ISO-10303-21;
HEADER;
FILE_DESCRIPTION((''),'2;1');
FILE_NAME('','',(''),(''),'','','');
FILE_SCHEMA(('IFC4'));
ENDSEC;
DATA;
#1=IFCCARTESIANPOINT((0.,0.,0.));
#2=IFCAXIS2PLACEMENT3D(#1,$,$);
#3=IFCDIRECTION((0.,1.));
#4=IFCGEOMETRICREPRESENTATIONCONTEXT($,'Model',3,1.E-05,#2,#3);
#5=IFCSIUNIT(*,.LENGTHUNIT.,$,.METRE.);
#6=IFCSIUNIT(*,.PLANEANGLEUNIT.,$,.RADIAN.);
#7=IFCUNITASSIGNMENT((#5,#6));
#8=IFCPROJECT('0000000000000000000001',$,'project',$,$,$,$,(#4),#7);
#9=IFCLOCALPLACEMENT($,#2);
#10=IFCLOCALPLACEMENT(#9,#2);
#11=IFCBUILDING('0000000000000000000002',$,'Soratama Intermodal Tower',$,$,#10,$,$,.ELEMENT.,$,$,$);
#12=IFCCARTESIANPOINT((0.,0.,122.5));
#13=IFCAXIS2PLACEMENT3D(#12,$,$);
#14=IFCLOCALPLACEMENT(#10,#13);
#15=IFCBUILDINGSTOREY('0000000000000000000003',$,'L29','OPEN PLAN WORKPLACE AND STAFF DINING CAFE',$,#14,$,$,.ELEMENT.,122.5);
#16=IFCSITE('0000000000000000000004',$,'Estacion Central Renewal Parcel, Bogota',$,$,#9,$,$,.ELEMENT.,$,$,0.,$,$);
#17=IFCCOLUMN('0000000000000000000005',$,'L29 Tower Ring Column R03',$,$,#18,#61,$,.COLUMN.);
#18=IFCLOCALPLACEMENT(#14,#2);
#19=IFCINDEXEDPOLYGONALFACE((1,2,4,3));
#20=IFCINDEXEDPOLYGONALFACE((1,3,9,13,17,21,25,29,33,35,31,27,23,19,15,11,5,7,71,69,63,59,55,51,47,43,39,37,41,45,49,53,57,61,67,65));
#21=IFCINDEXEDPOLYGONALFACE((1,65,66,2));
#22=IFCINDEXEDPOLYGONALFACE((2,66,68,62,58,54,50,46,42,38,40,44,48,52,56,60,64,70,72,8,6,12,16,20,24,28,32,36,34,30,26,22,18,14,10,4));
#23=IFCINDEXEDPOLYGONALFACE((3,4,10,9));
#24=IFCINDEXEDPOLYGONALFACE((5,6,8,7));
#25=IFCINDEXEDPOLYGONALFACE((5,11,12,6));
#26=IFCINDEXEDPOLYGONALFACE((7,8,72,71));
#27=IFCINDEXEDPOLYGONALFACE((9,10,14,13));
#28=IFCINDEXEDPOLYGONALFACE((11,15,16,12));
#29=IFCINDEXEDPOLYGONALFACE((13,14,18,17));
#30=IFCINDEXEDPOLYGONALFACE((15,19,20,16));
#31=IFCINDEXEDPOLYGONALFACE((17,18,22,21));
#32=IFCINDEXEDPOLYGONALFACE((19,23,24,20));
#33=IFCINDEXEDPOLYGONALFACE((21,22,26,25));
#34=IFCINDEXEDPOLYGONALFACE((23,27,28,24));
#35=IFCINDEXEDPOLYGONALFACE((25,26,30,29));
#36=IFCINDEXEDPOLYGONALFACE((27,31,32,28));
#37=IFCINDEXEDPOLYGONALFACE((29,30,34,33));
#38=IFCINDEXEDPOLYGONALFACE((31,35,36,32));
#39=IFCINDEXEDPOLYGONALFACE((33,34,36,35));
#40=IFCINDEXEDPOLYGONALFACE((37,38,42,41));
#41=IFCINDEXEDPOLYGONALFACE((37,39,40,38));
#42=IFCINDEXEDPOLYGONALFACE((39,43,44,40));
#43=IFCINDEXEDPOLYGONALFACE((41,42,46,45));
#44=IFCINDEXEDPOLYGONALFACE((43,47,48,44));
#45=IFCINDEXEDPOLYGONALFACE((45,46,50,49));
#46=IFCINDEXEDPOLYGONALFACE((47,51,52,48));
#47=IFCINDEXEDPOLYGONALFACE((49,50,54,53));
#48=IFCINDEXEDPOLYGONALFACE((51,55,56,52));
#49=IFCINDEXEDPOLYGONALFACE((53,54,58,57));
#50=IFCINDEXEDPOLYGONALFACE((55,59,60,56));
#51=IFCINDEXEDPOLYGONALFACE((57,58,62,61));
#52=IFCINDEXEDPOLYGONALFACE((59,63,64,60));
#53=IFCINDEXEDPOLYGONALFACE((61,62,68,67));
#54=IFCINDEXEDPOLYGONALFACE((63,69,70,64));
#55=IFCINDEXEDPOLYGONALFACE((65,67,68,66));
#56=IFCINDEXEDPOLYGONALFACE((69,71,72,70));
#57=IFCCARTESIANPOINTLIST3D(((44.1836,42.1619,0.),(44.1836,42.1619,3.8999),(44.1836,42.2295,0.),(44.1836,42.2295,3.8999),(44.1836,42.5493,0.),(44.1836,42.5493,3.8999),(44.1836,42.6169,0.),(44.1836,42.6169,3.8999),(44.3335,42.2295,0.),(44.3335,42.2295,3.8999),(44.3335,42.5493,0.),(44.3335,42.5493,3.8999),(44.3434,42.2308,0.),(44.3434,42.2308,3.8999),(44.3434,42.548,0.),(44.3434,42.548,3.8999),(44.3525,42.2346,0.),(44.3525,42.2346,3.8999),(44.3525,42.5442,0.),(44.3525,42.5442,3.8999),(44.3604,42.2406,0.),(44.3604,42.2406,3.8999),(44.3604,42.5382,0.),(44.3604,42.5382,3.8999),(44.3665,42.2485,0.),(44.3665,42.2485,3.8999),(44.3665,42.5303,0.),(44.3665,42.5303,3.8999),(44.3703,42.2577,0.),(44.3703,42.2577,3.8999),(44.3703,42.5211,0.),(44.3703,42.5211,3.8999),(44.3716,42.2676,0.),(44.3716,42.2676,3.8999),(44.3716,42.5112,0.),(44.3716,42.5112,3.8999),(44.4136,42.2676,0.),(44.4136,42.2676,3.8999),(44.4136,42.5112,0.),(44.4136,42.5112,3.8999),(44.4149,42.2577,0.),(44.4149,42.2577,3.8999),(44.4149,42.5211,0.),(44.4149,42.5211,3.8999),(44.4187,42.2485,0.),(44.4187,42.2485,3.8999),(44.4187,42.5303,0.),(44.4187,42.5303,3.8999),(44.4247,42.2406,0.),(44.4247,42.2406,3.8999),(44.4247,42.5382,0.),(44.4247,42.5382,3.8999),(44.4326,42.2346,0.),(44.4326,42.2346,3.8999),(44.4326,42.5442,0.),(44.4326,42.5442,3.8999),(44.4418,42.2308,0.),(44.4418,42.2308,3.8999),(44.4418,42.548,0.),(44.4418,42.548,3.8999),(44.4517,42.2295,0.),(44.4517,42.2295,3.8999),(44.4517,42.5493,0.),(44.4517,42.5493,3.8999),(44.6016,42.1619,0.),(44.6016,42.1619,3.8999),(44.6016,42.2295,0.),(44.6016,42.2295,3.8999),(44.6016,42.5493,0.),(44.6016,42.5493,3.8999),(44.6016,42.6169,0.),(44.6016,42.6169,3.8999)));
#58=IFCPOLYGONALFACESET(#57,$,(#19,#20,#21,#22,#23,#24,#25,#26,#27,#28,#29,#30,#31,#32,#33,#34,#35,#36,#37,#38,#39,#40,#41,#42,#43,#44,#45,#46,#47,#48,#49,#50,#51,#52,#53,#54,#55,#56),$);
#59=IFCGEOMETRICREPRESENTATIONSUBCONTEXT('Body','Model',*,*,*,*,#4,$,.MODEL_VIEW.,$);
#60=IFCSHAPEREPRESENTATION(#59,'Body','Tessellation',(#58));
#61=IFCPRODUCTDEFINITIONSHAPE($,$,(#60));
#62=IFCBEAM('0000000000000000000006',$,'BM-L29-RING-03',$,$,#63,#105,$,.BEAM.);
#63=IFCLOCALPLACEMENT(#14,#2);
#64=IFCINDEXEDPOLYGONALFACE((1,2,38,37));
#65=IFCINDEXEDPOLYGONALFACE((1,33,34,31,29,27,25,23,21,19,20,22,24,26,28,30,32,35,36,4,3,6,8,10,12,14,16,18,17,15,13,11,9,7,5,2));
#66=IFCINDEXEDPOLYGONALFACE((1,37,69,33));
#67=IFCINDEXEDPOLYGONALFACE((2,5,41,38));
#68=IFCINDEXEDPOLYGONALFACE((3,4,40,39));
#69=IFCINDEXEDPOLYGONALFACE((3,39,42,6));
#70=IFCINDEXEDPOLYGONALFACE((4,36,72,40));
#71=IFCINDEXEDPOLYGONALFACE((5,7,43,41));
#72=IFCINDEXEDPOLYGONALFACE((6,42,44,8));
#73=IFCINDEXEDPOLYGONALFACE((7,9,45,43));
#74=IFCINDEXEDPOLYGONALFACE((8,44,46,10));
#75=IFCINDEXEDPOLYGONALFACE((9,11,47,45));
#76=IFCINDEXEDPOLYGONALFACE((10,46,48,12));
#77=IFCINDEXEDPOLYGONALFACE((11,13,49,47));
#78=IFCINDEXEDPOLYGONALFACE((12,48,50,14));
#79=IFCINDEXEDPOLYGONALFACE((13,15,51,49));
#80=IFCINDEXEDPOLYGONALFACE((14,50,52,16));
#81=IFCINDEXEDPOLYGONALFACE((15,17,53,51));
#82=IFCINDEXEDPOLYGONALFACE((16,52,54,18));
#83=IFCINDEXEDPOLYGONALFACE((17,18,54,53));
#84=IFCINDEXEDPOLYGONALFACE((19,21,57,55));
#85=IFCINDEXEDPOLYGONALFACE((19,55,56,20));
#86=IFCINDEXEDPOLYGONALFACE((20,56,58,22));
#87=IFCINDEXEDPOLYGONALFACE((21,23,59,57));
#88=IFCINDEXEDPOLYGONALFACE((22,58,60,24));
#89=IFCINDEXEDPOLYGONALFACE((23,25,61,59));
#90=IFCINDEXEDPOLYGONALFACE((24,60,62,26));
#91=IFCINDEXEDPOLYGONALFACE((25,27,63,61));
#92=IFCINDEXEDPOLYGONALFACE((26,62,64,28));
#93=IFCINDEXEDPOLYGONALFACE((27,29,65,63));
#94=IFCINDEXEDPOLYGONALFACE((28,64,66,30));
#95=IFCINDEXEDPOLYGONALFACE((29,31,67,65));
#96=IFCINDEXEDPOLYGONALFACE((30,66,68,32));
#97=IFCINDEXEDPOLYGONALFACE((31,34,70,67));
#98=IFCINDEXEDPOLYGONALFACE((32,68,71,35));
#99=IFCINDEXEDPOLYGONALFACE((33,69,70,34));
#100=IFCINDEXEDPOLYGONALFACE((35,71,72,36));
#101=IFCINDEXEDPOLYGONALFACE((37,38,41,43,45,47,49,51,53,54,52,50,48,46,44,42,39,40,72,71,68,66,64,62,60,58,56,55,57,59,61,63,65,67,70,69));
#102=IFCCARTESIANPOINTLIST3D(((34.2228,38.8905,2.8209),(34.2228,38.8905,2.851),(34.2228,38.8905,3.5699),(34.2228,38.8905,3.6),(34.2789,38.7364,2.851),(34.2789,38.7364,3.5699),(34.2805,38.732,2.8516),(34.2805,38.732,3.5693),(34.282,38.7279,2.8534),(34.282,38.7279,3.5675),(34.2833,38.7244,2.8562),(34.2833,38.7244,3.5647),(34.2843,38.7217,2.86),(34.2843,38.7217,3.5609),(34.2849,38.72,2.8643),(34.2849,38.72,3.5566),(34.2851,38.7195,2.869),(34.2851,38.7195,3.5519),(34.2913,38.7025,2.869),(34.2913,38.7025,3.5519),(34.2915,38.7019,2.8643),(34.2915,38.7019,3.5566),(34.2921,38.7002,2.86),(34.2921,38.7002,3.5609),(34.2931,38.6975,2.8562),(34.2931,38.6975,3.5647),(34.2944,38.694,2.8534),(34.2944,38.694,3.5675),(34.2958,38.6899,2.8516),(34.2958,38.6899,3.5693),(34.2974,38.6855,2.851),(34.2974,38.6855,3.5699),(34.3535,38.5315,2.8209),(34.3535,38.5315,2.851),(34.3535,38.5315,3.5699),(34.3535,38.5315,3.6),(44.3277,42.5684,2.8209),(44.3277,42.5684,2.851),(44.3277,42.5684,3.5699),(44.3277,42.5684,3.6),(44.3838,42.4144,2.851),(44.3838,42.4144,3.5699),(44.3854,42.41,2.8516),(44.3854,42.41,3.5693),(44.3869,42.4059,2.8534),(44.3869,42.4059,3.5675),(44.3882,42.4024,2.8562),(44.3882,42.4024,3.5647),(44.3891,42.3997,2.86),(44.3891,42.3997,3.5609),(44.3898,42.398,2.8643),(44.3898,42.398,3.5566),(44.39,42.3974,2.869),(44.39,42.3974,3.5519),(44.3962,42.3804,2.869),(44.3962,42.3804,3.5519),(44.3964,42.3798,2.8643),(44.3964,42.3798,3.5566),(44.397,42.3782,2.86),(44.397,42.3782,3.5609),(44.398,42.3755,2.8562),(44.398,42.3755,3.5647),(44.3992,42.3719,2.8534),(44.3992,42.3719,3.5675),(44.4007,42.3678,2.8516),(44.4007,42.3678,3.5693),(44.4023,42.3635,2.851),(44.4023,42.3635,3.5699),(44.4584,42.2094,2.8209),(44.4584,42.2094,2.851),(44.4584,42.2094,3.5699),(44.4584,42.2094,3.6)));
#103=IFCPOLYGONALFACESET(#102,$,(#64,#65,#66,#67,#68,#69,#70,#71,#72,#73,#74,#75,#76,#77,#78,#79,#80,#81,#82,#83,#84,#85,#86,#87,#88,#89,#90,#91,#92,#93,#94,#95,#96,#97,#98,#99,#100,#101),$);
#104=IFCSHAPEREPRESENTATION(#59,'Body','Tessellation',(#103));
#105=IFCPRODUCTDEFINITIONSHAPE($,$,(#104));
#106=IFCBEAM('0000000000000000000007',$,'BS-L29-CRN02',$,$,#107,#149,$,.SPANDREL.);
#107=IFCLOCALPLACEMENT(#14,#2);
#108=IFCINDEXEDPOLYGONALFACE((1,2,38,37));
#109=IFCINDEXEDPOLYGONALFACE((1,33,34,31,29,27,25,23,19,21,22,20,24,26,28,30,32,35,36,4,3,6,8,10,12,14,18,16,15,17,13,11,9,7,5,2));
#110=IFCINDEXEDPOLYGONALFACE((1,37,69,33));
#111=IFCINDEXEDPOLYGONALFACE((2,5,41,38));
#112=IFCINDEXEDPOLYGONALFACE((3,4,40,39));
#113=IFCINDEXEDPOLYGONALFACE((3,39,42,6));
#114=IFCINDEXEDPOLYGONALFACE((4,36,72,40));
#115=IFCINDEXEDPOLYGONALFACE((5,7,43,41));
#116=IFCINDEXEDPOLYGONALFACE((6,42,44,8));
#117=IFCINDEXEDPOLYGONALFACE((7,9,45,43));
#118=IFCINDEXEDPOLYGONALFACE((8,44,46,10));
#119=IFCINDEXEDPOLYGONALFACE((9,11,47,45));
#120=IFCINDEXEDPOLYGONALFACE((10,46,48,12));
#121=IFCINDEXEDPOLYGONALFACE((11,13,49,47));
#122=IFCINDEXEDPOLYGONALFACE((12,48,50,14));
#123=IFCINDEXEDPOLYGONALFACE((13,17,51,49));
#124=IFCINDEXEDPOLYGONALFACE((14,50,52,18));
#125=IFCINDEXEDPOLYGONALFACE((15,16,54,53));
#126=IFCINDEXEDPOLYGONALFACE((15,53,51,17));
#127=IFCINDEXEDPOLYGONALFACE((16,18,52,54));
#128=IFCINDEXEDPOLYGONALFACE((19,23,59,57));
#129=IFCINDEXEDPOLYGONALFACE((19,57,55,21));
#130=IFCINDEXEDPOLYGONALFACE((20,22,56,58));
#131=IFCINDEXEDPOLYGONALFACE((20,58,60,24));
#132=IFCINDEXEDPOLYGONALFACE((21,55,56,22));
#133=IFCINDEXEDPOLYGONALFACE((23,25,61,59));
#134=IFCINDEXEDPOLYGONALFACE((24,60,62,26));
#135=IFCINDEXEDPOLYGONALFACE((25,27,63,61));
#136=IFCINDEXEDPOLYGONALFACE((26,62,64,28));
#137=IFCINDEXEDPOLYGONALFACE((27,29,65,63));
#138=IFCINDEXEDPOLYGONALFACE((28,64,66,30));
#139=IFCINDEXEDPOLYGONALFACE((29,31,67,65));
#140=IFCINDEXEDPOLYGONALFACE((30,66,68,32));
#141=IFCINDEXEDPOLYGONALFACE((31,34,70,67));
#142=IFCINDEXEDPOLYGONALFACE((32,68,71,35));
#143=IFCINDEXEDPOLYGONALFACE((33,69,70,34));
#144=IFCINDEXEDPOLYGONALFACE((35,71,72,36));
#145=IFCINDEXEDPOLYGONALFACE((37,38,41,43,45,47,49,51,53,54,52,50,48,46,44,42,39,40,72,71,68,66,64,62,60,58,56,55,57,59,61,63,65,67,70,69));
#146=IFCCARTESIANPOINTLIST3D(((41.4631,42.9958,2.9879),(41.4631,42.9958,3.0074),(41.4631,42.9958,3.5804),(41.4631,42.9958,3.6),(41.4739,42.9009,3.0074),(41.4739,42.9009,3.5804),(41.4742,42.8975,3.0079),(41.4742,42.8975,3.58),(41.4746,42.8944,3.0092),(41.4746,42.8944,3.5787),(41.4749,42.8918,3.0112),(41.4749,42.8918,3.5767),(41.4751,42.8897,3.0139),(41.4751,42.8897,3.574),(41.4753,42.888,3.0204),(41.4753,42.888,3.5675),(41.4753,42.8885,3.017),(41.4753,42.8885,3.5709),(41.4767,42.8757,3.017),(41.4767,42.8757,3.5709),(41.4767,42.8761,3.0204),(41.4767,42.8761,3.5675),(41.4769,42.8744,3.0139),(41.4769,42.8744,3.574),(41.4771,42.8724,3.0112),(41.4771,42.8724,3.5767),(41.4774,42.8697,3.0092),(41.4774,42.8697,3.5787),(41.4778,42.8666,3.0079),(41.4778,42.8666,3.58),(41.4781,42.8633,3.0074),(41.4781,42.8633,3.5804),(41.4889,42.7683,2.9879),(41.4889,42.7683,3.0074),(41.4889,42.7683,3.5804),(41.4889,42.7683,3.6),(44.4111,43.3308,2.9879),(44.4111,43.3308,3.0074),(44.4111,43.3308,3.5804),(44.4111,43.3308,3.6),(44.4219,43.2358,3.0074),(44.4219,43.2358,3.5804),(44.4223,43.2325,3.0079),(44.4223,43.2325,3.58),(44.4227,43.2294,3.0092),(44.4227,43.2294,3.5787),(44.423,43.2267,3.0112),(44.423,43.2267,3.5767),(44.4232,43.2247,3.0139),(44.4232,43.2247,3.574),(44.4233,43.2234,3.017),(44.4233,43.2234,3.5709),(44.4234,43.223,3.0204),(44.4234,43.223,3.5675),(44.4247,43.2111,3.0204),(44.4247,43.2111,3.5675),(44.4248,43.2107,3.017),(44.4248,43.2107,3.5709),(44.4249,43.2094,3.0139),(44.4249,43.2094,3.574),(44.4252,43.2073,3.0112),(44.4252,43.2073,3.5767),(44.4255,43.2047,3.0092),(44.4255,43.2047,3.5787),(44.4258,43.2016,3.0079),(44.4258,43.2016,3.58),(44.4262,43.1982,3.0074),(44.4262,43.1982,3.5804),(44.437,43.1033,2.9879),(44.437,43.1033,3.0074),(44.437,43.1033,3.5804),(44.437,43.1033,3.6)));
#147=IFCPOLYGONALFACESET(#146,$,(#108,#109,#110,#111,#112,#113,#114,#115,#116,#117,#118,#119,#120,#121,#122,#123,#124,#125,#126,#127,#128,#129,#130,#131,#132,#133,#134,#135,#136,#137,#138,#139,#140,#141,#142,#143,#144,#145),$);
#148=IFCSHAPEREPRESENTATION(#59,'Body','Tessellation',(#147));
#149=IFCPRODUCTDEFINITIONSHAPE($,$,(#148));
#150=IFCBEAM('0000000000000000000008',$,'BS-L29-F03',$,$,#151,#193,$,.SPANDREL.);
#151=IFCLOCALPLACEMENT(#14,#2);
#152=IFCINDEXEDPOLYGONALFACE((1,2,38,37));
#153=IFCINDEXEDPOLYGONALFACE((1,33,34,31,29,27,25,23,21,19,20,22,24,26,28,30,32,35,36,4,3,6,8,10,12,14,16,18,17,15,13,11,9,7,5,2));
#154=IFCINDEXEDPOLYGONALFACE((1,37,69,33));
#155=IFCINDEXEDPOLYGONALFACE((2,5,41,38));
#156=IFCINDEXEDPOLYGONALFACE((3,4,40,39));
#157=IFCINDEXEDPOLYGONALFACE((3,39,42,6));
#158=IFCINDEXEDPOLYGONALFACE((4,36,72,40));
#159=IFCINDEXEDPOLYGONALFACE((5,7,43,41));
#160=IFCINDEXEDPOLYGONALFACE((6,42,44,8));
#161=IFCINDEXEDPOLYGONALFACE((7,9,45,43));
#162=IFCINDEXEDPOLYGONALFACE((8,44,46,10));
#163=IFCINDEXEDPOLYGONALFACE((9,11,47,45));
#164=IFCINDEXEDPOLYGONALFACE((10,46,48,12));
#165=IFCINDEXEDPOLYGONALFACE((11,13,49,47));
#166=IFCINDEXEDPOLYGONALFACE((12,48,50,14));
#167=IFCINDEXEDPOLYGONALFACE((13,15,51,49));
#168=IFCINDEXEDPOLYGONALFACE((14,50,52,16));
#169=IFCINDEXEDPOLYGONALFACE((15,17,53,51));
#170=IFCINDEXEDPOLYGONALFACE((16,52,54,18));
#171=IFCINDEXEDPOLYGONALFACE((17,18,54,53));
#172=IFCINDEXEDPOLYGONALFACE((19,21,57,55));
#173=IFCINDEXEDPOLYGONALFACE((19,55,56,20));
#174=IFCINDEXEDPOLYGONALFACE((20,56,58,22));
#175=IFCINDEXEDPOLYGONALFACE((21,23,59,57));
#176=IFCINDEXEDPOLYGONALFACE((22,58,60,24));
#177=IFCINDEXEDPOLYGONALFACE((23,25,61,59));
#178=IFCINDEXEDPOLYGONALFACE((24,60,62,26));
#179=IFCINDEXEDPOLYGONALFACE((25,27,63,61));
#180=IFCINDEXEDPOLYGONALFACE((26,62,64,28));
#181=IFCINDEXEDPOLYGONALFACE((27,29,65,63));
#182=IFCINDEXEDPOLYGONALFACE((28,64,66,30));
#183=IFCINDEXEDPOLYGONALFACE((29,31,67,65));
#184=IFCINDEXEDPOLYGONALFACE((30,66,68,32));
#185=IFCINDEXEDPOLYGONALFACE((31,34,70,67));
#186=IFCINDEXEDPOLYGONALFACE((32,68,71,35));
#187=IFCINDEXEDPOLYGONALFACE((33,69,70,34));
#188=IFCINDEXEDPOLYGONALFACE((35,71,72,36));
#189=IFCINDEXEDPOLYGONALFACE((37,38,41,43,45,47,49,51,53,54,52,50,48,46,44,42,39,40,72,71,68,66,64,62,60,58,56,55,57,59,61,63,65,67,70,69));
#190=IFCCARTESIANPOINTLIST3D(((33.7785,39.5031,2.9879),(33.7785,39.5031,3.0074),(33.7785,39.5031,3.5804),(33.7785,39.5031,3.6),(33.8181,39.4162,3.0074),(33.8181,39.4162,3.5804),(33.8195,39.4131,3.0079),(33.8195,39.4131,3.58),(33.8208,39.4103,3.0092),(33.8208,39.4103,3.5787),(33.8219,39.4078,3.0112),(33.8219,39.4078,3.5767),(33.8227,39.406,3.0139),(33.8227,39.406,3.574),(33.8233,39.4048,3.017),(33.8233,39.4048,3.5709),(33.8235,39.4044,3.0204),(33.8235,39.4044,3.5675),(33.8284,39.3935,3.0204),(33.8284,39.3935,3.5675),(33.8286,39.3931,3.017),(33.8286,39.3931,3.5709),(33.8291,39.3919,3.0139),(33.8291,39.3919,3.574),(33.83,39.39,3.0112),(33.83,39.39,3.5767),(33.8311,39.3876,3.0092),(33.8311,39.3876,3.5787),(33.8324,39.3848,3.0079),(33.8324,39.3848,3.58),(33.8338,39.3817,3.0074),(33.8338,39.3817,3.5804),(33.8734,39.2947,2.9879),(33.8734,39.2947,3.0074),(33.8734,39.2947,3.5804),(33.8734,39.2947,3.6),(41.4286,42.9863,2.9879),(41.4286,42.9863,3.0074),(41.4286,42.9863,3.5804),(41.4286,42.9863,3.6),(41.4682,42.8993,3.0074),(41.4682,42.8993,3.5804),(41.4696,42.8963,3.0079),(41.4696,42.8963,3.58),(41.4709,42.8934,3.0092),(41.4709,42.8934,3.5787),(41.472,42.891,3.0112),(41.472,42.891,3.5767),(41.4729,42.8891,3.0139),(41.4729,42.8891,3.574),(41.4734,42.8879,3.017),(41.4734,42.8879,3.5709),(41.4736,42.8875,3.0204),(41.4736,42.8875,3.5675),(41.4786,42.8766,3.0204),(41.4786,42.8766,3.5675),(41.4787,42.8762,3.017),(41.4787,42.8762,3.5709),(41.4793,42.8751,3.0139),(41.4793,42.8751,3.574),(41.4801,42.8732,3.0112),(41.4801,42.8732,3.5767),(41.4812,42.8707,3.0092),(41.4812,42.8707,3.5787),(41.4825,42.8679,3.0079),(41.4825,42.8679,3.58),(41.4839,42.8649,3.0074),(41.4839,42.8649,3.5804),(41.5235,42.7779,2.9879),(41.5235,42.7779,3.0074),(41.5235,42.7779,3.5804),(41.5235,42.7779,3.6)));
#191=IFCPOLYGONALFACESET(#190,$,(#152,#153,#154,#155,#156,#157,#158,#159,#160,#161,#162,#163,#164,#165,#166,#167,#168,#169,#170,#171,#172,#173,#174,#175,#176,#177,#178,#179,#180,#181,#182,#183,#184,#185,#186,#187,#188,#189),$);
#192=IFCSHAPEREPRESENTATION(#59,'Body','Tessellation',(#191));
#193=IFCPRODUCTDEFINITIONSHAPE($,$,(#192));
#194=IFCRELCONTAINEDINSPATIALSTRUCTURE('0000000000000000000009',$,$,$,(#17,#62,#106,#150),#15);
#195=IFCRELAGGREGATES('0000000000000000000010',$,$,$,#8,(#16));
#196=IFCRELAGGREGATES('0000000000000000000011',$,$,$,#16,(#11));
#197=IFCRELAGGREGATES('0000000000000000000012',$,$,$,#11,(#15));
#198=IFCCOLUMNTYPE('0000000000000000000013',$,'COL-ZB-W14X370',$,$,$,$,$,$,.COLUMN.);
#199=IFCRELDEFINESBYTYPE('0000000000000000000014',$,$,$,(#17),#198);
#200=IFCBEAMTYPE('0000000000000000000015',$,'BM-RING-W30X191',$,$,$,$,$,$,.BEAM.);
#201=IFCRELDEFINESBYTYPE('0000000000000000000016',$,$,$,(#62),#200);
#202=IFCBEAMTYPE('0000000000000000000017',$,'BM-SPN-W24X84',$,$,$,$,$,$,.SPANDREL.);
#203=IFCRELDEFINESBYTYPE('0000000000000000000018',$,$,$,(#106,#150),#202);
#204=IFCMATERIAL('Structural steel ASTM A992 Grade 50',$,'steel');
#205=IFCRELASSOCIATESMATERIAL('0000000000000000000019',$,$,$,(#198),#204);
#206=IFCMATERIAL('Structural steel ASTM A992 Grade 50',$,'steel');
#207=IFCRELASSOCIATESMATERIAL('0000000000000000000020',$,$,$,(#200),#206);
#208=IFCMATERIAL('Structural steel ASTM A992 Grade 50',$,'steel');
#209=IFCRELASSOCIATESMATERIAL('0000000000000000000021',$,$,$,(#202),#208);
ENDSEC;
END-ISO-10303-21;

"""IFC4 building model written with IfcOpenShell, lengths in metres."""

from ifc_helpers import new_model, si_unit, direction, frame, origin, origin_2d, place, context, subcontext, project, spatial, i_section, extrude, material, material_profile, profile_set, type_object, element, save


model = new_model("IFC4")

# Units and contexts
model_context = context("Model", 3, precision=1e-05, world=origin(), true_north=direction((0.0, 1.0)))
body_context = subcontext(model_context, "Body", "Model", "MODEL_VIEW")
ifc_project = project(units=[si_unit("LENGTHUNIT", "METRE"), si_unit("PLANEANGLEUNIT", "RADIAN")], contexts=[model_context])

# Site, building, storey
site_placement = place(None, origin())
site = spatial("IfcSite", under=ifc_project, at=site_placement, Name="Estacion Central Renewal Parcel, Bogota", CompositionType="ELEMENT", RefElevation=0.0)
building_placement = place(site_placement, origin())
building = spatial("IfcBuilding", under=site, at=building_placement, Name="Soratama Intermodal Tower", CompositionType="ELEMENT")
storey_placement = place(building_placement, frame((0.0, 0.0, 122.5)))
storey = spatial("IfcBuildingStorey", under=building, at=storey_placement, Name="L29", Description="OPEN PLAN WORKPLACE AND STAFF DINING CAFE", CompositionType="ELEMENT", Elevation=122.5)

# Column
ifc_material_1 = material(Name="Structural steel ASTM A992 Grade 50", Category="steel")
ifc_material_profile_1 = material_profile(ifc_material_1, i_section(OverallWidth=0.418, OverallDepth=0.4551, WebThickness=0.042, FlangeThickness=0.0676, FilletRadius=0.0381, at=origin_2d()), Name="W14X370")
ifc_profile_set_1 = profile_set([ifc_material_profile_1], Name="Structural steel ASTM A992 Grade 50")
column_type = type_object("IfcColumnType", Name="COL-ZB-W14X370", PredefinedType="COLUMN", material=ifc_profile_set_1)
column_placement = place(storey_placement, frame((44.3926, 42.3894, 0.0), z_axis=(0.0, 0.0, 1.0), x_axis=(1.0, 0.0, 0.0)))
element("IfcColumn", 1, at=column_placement, inside=storey, type_object=column_type, Name="L29 Tower Ring Column R03", PredefinedType="COLUMN", context=body_context, shape_type="SweptSolid", body=[
    extrude(i_section(OverallWidth=0.418, OverallDepth=0.4551, WebThickness=0.042, FlangeThickness=0.0676, FilletRadius=0.0381, at=origin_2d()), origin(), (0.0, 0.0, 1.0), 3.8999),
])

# Beams
ifc_material_2 = material(Name="Structural steel ASTM A992 Grade 50", Category="steel")
ifc_material_profile_2 = material_profile(ifc_material_2, i_section(OverallWidth=0.3821, OverallDepth=0.7791, WebThickness=0.0181, FlangeThickness=0.03, FilletRadius=0.0181, at=origin_2d()), Name="W30X191")
ifc_profile_set_2 = profile_set([ifc_material_profile_2], Name="Structural steel ASTM A992 Grade 50")
beam_type_1 = type_object("IfcBeamType", Name="BM-RING-W30X191", PredefinedType="BEAM", material=ifc_profile_set_2)
beam_1_placement = place(storey_placement, frame((44.3931, 42.3889, 3.2104), z_axis=(-0.939691, -0.342026, 0.0), x_axis=(0.342026, -0.939691, 0.0)))
element("IfcBeam", 2, at=beam_1_placement, inside=storey, type_object=beam_type_1, Name="BM-L29-RING-03", PredefinedType="BEAM", context=body_context, shape_type="SweptSolid", body=[
    extrude(i_section(OverallWidth=0.3821, OverallDepth=0.7791, WebThickness=0.0181, FlangeThickness=0.03, FilletRadius=0.0181, at=origin_2d()), origin(), (0.0, 0.0, 1.0), 10.7534),
])
ifc_material_3 = material(Name="Structural steel ASTM A992 Grade 50", Category="steel")
ifc_material_profile_3 = material_profile(ifc_material_3, i_section(OverallWidth=0.229, OverallDepth=0.6121, WebThickness=0.012, FlangeThickness=0.0195, FilletRadius=0.0129, at=origin_2d()), Name="W24X84")
ifc_profile_set_3 = profile_set([ifc_material_profile_3], Name="Structural steel ASTM A992 Grade 50")
beam_type_2 = type_object("IfcBeamType", Name="BM-SPN-W24X84", PredefinedType="SPANDREL", material=ifc_profile_set_3)
beam_2_placement = place(storey_placement, frame((44.4241, 43.217, 3.2939), z_axis=(-0.993607, -0.112897, 0.0), x_axis=(0.112897, -0.993607, 0.0)))
element("IfcBeam", 3, at=beam_2_placement, inside=storey, type_object=beam_type_2, Name="BS-L29-CRN02", PredefinedType="SPANDREL", context=body_context, shape_type="SweptSolid", body=[
    extrude(i_section(OverallWidth=0.229, OverallDepth=0.6121, WebThickness=0.012, FlangeThickness=0.0195, FilletRadius=0.0129, at=origin_2d()), origin(), (0.0, 0.0, 1.0), 2.967),
])
beam_3_placement = place(storey_placement, frame((41.4761, 42.8821, 3.2939), z_axis=(-0.910106, -0.414376, 0.0), x_axis=(0.414376, -0.910106, 0.0)))
element("IfcBeam", 4, at=beam_3_placement, inside=storey, type_object=beam_type_2, Name="BS-L29-F03", PredefinedType="SPANDREL", context=body_context, shape_type="SweptSolid", body=[
    extrude(i_section(OverallWidth=0.229, OverallDepth=0.6121, WebThickness=0.012, FlangeThickness=0.0195, FilletRadius=0.0129, at=origin_2d()), origin(), (0.0, 0.0, 1.0), 8.4058),
])

save(model, "model.ifc")
